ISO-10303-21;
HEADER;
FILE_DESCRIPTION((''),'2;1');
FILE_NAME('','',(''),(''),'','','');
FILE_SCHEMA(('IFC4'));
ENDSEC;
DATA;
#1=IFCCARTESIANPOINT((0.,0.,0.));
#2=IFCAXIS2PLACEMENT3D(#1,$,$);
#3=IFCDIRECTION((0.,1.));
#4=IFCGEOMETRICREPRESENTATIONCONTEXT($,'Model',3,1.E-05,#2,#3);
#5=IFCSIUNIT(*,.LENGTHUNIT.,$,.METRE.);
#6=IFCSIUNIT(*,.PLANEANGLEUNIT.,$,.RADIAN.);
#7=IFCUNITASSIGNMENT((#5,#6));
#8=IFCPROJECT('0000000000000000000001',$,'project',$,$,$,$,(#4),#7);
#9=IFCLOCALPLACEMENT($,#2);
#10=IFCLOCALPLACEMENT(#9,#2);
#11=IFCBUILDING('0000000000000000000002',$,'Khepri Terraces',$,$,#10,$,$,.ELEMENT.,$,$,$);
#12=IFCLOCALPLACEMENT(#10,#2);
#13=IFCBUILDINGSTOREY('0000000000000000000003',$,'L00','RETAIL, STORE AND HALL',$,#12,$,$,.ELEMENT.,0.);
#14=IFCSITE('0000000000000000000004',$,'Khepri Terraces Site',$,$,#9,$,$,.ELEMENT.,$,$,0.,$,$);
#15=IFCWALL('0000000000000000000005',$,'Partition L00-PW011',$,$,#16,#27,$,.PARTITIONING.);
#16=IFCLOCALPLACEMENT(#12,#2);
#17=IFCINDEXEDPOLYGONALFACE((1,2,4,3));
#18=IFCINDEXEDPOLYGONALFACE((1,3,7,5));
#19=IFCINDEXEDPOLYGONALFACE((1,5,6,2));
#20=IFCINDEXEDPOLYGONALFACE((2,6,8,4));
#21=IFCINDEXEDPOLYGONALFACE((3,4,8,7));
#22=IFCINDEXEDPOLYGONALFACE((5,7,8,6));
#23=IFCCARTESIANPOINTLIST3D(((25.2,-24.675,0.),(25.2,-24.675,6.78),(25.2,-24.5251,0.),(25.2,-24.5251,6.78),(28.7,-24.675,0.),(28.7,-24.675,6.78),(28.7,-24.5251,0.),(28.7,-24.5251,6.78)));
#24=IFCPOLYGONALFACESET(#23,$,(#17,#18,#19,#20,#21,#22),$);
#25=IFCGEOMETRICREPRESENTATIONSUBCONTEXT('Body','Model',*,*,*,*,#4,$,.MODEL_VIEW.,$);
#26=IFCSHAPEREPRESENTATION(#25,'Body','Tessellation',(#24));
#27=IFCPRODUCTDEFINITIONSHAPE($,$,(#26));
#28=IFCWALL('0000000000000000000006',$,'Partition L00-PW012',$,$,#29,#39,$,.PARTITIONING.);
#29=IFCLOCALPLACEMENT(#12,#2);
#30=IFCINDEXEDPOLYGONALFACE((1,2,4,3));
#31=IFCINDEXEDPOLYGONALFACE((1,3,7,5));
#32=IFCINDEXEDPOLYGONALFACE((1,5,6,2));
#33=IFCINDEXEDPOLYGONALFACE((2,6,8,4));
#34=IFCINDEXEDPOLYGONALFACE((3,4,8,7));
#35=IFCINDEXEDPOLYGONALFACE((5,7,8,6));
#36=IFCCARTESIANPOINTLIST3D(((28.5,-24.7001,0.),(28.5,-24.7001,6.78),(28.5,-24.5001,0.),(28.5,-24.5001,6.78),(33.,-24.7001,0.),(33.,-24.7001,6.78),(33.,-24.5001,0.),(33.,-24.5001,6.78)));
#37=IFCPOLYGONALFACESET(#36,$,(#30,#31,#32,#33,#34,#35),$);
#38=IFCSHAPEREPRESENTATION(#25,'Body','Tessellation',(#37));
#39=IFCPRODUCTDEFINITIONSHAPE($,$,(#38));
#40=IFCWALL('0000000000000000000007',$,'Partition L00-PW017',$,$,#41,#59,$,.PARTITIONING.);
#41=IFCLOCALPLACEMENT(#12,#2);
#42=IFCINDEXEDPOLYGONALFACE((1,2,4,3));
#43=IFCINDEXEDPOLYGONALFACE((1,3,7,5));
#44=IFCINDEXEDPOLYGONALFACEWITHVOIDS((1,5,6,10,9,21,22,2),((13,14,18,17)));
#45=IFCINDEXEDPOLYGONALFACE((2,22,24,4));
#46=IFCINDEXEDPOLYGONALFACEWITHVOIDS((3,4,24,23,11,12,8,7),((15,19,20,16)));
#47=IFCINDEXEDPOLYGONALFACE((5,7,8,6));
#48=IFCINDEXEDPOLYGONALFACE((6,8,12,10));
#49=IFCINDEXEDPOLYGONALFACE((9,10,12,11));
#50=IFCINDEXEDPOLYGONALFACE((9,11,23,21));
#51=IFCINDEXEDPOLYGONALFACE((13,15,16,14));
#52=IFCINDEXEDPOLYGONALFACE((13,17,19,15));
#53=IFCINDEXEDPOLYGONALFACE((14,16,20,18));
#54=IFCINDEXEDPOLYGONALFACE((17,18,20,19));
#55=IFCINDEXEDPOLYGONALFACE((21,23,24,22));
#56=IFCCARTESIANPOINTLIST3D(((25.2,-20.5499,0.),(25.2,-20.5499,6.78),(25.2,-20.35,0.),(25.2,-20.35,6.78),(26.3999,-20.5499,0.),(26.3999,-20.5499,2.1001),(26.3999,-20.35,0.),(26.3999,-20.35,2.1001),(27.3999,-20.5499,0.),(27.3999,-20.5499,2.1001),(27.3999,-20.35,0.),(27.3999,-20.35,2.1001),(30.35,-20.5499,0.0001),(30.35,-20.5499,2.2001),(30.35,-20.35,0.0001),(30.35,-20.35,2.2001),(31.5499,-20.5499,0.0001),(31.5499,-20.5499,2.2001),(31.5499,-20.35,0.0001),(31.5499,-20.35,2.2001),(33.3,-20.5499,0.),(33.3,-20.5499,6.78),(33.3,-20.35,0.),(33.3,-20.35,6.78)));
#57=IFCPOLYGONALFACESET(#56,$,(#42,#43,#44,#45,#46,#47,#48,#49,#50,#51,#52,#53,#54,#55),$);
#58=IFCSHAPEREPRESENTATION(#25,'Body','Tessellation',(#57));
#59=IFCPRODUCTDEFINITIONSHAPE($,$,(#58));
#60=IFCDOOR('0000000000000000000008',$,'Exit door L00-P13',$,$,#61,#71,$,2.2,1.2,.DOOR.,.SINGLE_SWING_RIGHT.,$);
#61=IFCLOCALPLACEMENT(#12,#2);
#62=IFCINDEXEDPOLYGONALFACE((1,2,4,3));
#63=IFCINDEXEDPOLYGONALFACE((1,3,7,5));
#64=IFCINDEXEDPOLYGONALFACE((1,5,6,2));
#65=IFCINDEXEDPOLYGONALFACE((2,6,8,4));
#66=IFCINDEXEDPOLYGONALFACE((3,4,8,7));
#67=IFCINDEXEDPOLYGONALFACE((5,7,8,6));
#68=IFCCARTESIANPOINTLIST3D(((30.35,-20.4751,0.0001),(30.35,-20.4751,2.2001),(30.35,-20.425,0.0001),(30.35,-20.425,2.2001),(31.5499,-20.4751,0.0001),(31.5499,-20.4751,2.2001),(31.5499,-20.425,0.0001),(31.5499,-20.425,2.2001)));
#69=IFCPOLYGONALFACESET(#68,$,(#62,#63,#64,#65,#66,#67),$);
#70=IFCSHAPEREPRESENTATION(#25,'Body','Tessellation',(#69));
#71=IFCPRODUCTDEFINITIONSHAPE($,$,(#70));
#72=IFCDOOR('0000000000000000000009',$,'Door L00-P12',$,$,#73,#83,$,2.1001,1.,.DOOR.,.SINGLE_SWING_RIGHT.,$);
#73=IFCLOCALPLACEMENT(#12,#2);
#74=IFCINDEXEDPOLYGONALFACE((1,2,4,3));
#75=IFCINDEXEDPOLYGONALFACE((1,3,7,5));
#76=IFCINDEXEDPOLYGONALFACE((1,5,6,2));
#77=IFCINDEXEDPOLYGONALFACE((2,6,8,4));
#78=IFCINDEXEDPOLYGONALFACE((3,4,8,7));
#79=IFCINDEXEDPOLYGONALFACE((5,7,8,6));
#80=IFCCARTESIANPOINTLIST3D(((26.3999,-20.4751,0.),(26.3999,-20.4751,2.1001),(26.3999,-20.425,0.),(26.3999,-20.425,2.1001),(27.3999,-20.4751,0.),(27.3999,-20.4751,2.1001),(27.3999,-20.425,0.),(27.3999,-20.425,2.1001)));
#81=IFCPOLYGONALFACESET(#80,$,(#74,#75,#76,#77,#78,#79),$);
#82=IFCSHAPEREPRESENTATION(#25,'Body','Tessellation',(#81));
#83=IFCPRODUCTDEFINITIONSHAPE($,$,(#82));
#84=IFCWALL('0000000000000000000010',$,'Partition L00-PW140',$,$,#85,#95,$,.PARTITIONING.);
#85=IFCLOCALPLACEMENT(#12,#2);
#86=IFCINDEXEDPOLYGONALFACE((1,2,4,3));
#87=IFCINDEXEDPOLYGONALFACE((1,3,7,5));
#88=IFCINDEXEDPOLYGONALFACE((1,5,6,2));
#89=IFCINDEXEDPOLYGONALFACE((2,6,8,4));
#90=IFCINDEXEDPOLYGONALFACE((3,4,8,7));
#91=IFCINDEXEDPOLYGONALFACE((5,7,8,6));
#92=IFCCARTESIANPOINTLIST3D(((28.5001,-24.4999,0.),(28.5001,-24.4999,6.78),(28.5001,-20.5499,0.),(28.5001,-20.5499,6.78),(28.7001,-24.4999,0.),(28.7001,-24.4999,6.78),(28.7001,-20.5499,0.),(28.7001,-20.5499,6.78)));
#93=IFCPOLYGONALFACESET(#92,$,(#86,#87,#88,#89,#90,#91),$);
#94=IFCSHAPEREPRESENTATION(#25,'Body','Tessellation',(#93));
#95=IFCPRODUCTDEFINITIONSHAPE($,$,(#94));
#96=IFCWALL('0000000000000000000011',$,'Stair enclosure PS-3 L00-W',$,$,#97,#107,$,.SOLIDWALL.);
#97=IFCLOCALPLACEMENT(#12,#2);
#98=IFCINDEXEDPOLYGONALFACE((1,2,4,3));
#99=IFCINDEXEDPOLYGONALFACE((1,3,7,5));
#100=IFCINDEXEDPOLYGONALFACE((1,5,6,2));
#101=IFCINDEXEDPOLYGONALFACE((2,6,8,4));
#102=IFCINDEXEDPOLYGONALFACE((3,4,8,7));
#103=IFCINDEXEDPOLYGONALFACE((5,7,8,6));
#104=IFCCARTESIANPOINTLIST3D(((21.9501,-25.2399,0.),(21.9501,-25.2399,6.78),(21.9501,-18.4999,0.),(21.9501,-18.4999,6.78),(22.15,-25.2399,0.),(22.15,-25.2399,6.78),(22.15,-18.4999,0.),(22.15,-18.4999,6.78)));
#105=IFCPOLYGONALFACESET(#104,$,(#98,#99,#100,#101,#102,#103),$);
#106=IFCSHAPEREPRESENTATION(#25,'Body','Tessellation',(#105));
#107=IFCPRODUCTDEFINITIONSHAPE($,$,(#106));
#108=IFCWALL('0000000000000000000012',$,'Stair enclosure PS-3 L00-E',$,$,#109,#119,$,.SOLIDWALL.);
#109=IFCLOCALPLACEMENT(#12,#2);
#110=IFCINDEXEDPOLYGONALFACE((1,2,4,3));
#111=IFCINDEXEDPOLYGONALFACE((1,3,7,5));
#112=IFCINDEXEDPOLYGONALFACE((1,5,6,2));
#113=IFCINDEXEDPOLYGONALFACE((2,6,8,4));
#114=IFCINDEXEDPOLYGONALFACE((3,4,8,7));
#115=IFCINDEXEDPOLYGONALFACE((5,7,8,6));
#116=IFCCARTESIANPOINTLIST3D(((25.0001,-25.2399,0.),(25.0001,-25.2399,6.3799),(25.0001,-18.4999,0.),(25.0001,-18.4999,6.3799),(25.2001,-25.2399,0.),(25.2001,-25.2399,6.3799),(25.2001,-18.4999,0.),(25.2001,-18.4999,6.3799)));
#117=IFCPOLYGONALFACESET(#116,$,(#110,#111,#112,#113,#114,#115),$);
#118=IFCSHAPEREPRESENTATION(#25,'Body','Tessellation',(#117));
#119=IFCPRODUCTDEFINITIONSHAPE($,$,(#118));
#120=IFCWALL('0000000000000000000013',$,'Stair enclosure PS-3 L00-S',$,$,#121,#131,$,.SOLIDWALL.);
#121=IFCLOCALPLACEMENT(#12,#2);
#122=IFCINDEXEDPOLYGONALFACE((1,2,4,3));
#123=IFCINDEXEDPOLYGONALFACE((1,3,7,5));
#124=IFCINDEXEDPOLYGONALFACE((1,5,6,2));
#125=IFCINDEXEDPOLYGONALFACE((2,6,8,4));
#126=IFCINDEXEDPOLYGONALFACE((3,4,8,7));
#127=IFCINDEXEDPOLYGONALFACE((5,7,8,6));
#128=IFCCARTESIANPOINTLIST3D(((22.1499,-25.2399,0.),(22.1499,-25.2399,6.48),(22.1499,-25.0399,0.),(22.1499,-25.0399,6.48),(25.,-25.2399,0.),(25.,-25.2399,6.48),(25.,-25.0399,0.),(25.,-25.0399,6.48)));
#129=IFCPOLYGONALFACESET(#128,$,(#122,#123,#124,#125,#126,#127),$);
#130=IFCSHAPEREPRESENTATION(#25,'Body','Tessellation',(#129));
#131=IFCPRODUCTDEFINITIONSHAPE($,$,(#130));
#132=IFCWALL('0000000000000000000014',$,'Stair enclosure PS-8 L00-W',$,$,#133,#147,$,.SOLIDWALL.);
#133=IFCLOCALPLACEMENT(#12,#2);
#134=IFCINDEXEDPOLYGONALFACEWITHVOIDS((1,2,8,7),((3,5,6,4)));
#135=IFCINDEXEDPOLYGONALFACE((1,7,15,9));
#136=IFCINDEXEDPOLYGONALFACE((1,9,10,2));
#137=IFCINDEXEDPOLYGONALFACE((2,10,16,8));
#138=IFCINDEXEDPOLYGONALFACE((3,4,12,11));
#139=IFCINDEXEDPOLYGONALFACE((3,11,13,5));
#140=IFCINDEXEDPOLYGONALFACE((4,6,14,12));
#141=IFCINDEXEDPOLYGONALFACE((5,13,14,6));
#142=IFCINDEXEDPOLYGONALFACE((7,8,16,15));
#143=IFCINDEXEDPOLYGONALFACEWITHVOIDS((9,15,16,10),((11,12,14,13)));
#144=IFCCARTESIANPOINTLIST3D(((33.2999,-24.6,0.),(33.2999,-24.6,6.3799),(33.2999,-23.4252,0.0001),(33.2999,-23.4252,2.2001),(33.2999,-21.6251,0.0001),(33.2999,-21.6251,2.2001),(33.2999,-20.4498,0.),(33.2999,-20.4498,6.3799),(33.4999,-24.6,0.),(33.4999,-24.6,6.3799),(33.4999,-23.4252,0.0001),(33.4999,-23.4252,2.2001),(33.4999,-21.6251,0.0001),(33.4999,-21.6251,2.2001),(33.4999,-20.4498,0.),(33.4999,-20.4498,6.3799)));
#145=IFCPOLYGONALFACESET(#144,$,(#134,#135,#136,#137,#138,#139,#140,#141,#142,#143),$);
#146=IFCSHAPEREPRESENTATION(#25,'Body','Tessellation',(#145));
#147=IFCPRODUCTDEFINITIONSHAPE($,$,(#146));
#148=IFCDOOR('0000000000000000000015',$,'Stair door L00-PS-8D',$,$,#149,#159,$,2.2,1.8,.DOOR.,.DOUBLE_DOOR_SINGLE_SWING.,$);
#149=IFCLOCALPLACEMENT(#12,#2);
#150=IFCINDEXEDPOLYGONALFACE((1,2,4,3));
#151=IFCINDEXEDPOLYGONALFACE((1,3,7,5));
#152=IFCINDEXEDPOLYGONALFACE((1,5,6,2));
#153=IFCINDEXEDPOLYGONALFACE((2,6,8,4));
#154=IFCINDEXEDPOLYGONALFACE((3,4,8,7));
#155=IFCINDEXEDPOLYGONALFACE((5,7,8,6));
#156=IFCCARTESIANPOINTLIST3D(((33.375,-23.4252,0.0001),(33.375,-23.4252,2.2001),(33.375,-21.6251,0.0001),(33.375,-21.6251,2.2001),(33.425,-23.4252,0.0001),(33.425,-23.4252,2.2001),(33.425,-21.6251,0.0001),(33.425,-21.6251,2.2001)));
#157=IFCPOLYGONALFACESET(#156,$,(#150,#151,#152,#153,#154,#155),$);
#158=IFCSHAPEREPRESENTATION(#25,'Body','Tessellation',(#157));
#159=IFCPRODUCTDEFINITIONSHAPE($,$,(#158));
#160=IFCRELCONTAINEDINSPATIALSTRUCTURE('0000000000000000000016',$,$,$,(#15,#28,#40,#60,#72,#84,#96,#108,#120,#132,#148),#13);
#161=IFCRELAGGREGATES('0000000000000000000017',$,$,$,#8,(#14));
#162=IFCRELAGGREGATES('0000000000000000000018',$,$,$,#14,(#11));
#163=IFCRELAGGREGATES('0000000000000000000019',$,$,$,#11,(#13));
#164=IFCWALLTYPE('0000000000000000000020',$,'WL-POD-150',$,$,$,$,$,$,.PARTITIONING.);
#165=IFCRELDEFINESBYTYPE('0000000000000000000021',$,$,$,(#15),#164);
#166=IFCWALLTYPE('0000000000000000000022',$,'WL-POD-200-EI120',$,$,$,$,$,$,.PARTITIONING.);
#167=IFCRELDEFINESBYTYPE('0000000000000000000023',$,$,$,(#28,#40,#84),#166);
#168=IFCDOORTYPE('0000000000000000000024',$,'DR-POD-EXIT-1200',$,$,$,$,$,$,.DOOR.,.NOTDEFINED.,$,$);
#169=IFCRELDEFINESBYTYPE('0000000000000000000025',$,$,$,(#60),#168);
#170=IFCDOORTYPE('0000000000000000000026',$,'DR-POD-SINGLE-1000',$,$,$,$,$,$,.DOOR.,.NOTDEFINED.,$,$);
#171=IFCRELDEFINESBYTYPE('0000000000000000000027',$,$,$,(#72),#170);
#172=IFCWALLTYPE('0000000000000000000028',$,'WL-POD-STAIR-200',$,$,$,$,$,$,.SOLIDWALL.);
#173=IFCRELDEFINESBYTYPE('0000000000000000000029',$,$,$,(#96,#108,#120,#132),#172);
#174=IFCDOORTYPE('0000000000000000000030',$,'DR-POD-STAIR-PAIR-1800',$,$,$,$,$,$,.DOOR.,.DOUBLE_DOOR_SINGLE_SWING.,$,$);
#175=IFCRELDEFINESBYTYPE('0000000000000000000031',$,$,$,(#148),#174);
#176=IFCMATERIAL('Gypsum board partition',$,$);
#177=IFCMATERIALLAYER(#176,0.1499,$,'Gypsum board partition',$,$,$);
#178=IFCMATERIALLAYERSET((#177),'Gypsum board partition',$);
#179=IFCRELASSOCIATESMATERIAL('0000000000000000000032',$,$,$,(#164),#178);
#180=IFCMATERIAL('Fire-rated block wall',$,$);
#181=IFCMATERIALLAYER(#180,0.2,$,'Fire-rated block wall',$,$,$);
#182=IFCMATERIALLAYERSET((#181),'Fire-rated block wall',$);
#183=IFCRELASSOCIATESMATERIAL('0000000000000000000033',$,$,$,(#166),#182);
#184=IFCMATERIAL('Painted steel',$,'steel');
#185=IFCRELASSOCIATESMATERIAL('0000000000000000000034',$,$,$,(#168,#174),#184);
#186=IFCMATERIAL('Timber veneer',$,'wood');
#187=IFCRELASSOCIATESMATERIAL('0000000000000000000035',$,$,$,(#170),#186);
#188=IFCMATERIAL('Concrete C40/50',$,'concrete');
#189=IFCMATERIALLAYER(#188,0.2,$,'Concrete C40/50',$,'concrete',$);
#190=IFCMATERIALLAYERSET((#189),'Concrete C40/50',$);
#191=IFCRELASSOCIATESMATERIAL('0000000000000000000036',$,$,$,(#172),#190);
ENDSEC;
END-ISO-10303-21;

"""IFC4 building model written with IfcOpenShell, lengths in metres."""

from ifc_helpers import new_model, si_unit, direction, frame, frame_2d, origin, place, context, subcontext, project, spatial, rectangle, extrude, material, layer, layer_set, type_object, element, fill, save


model = new_model("IFC4")

# Units and contexts
model_context = context("Model", 3, precision=1e-05, world=origin(), true_north=direction((0.0, 1.0)))
body_context = subcontext(model_context, "Body", "Model", "MODEL_VIEW")
ifc_project = project(units=[si_unit("LENGTHUNIT", "METRE"), si_unit("PLANEANGLEUNIT", "RADIAN")], contexts=[model_context])

# Site, building, storey
site_placement = place(None, origin())
site = spatial("IfcSite", under=ifc_project, at=site_placement, Name="Khepri Terraces Site", CompositionType="ELEMENT", RefElevation=0.0)
building_placement = place(site_placement, origin())
building = spatial("IfcBuilding", under=site, at=building_placement, Name="Khepri Terraces", CompositionType="ELEMENT")
storey_placement = place(building_placement, origin())
storey = spatial("IfcBuildingStorey", under=building, at=storey_placement, Name="L00", Description="RETAIL, STORE AND HALL", CompositionType="ELEMENT", Elevation=0.0)

# Walls
ifc_material_1 = material(Name="Gypsum board partition")
ifc_layer_1 = layer(ifc_material_1, 0.1499, Name="Gypsum board partition")
ifc_layer_set_1 = layer_set([ifc_layer_1], Name="Gypsum board partition")
wall_type_1 = type_object("IfcWallType", Name="WL-POD-150", PredefinedType="PARTITIONING", material=ifc_layer_set_1)
wall_1_placement = place(storey_placement, frame((25.2, -24.6001, 0.0), z_axis=(0.0, 0.0, 1.0), x_axis=(1.0, 0.0, 0.0)))
element("IfcWall", 1, at=wall_1_placement, inside=storey, type_object=wall_type_1, Name="Partition L00-PW011", PredefinedType="PARTITIONING", context=body_context, shape_type="SweptSolid", body=[
    extrude(rectangle(XDim=3.5, YDim=0.1499, at=frame_2d((1.75, 0.0))), origin(), (0.0, 0.0, 1.0), 6.78),
])
ifc_material_2 = material(Name="Fire-rated block wall")
ifc_layer_2 = layer(ifc_material_2, 0.2, Name="Fire-rated block wall")
ifc_layer_set_2 = layer_set([ifc_layer_2], Name="Fire-rated block wall")
wall_type_2 = type_object("IfcWallType", Name="WL-POD-200-EI120", PredefinedType="PARTITIONING", material=ifc_layer_set_2)
wall_2_placement = place(storey_placement, frame((28.5, -24.6001, 0.0), z_axis=(0.0, 0.0, 1.0), x_axis=(1.0, 0.0, 0.0)))
element("IfcWall", 2, at=wall_2_placement, inside=storey, type_object=wall_type_2, Name="Partition L00-PW012", PredefinedType="PARTITIONING", context=body_context, shape_type="SweptSolid", body=[
    extrude(rectangle(XDim=4.5, YDim=0.2, at=frame_2d((2.25, 0.0))), origin(), (0.0, 0.0, 1.0), 6.78),
])

# Wall, openings, doors
wall_3_placement = place(storey_placement, frame((25.2, -20.45, 0.0), z_axis=(0.0, 0.0, 1.0), x_axis=(1.0, 0.0, 0.0)))
wall_3 = element("IfcWall", 3, at=wall_3_placement, inside=storey, type_object=wall_type_2, Name="Partition L00-PW017", PredefinedType="PARTITIONING", context=body_context, shape_type="SweptSolid", body=[
    extrude(rectangle(XDim=8.1001, YDim=0.2, at=frame_2d((4.05, 0.0))), origin(), (0.0, 0.0, 1.0), 6.78),
])
opening_1_placement = place(wall_3_placement, frame((1.2, 0.0, 0.0)))
opening_1 = element("IfcOpeningElement", 4, at=opening_1_placement, cuts=wall_3, PredefinedType="OPENING", context=body_context, shape_type="SweptSolid", body=[
    extrude(rectangle(XDim=1.0, YDim=2.1001, at=frame_2d((0.5, 1.05))), frame((0.0, 0.1099, 0.0), z_axis=(0.0, -1.0, 0.0), x_axis=(1.0, 0.0, 0.0)), (0.0, 0.0, 1.0), 0.22),
])
opening_2_placement = place(wall_3_placement, frame((5.1499, 0.0, 0.0)))
opening_2 = element("IfcOpeningElement", 5, at=opening_2_placement, cuts=wall_3, PredefinedType="OPENING", context=body_context, shape_type="SweptSolid", body=[
    extrude(rectangle(XDim=1.2, YDim=2.2, at=frame_2d((0.6001, 1.1001))), frame((0.0, 0.1099, 0.0), z_axis=(0.0, -1.0, 0.0), x_axis=(1.0, 0.0, 0.0)), (0.0, 0.0, 1.0), 0.22),
])
ifc_material_3 = material(Name="Painted steel", Category="steel")
door_type_1 = type_object("IfcDoorType", Name="DR-POD-EXIT-1200", OperationType="NOTDEFINED", PredefinedType="DOOR", material=ifc_material_3)
door_1_placement = place(opening_2_placement, origin())
door_1 = element("IfcDoor", 6, at=door_1_placement, inside=storey, type_object=door_type_1, Name="Exit door L00-P13", OperationType="SINGLE_SWING_RIGHT", OverallHeight=2.2, OverallWidth=1.2, PredefinedType="DOOR", context=body_context, shape_type="SweptSolid", body=[
    extrude(rectangle(XDim=1.2, YDim=2.2, at=frame_2d((0.6001, 1.1001))), frame((0.0, 0.0249, 0.0), z_axis=(0.0, -1.0, 0.0), x_axis=(1.0, 0.0, 0.0)), (0.0, 0.0, 1.0), 0.05),
])
fill(opening_2, door_1)
ifc_material_4 = material(Name="Timber veneer", Category="wood")
door_type_2 = type_object("IfcDoorType", Name="DR-POD-SINGLE-1000", OperationType="NOTDEFINED", PredefinedType="DOOR", material=ifc_material_4)
door_2_placement = place(opening_1_placement, origin())
door_2 = element("IfcDoor", 7, at=door_2_placement, inside=storey, type_object=door_type_2, Name="Door L00-P12", OperationType="SINGLE_SWING_RIGHT", OverallHeight=2.1001, OverallWidth=1.0, PredefinedType="DOOR", context=body_context, shape_type="SweptSolid", body=[
    extrude(rectangle(XDim=1.0, YDim=2.1001, at=frame_2d((0.5, 1.05))), frame((0.0, 0.0249, 0.0), z_axis=(0.0, -1.0, 0.0), x_axis=(1.0, 0.0, 0.0)), (0.0, 0.0, 1.0), 0.05),
])
fill(opening_1, door_2)

# Walls
wall_4_placement = place(storey_placement, frame((28.6001, -24.5, 0.0), z_axis=(0.0, 0.0, 1.0), x_axis=(0.0, 1.0, 0.0)))
element("IfcWall", 8, at=wall_4_placement, inside=storey, type_object=wall_type_2, Name="Partition L00-PW140", PredefinedType="PARTITIONING", context=body_context, shape_type="SweptSolid", body=[
    extrude(rectangle(XDim=3.95, YDim=0.2, at=frame_2d((1.9751, 0.0))), origin(), (0.0, 0.0, 1.0), 6.78),
])
ifc_material_5 = material(Name="Concrete C40/50", Category="concrete")
ifc_layer_3 = layer(ifc_material_5, 0.2, Name="Concrete C40/50", Category="concrete")
ifc_layer_set_3 = layer_set([ifc_layer_3], Name="Concrete C40/50")
wall_type_3 = type_object("IfcWallType", Name="WL-POD-STAIR-200", PredefinedType="SOLIDWALL", material=ifc_layer_set_3)
wall_5_placement = place(storey_placement, frame((22.05, -25.24, 0.0), z_axis=(0.0, 0.0, 1.0), x_axis=(0.0, 1.0, 0.0)))
element("IfcWall", 9, at=wall_5_placement, inside=storey, type_object=wall_type_3, Name="Stair enclosure PS-3 L00-W", PredefinedType="SOLIDWALL", context=body_context, shape_type="SweptSolid", body=[
    extrude(rectangle(XDim=6.74, YDim=0.2, at=frame_2d((3.3701, 0.0))), origin(), (0.0, 0.0, 1.0), 6.78),
])
wall_6_placement = place(storey_placement, frame((25.1001, -25.24, 0.0), z_axis=(0.0, 0.0, 1.0), x_axis=(0.0, 1.0, 0.0)))
element("IfcWall", 10, at=wall_6_placement, inside=storey, type_object=wall_type_3, Name="Stair enclosure PS-3 L00-E", PredefinedType="SOLIDWALL", context=body_context, shape_type="SweptSolid", body=[
    extrude(rectangle(XDim=6.74, YDim=0.2, at=frame_2d((3.3701, 0.0))), origin(), (0.0, 0.0, 1.0), 6.3799),
])
wall_7_placement = place(storey_placement, frame((22.1499, -25.1399, 0.0), z_axis=(0.0, 0.0, 1.0), x_axis=(1.0, 0.0, 0.0)))
element("IfcWall", 11, at=wall_7_placement, inside=storey, type_object=wall_type_3, Name="Stair enclosure PS-3 L00-S", PredefinedType="SOLIDWALL", context=body_context, shape_type="SweptSolid", body=[
    extrude(rectangle(XDim=2.8501, YDim=0.2, at=frame_2d((1.425, 0.0))), origin(), (0.0, 0.0, 1.0), 6.48),
])

# Wall, opening, door
wall_8_placement = place(storey_placement, frame((33.3999, -24.6001, 0.0), z_axis=(0.0, 0.0, 1.0), x_axis=(0.0, 1.0, 0.0)))
wall_8 = element("IfcWall", 12, at=wall_8_placement, inside=storey, type_object=wall_type_3, Name="Stair enclosure PS-8 L00-W", PredefinedType="SOLIDWALL", context=body_context, shape_type="SweptSolid", body=[
    extrude(rectangle(XDim=4.1501, YDim=0.2, at=frame_2d((2.0752, 0.0))), origin(), (0.0, 0.0, 1.0), 6.3799),
])
opening_3_placement = place(wall_8_placement, frame((1.175, 0.0, 0.0)))
opening_3 = element("IfcOpeningElement", 13, at=opening_3_placement, cuts=wall_8, PredefinedType="OPENING", context=body_context, shape_type="SweptSolid", body=[
    extrude(rectangle(XDim=1.8, YDim=2.2, at=frame_2d((0.8999, 1.1001))), frame((0.0, 0.1099, 0.0), z_axis=(0.0, -1.0, 0.0), x_axis=(1.0, 0.0, 0.0)), (0.0, 0.0, 1.0), 0.22),
])
door_type_3 = type_object("IfcDoorType", Name="DR-POD-STAIR-PAIR-1800", OperationType="DOUBLE_DOOR_SINGLE_SWING", PredefinedType="DOOR", material=ifc_material_3)
door_3_placement = place(opening_3_placement, origin())
door_3 = element("IfcDoor", 14, at=door_3_placement, inside=storey, type_object=door_type_3, Name="Stair door L00-PS-8D", OperationType="DOUBLE_DOOR_SINGLE_SWING", OverallHeight=2.2, OverallWidth=1.8, PredefinedType="DOOR", context=body_context, shape_type="SweptSolid", body=[
    extrude(rectangle(XDim=1.8, YDim=2.2, at=frame_2d((0.8999, 1.1001))), frame((0.0, 0.0249, 0.0), z_axis=(0.0, -1.0, 0.0), x_axis=(1.0, 0.0, 0.0)), (0.0, 0.0, 1.0), 0.05),
])
fill(opening_3, door_3)

save(model, "model.ifc")
